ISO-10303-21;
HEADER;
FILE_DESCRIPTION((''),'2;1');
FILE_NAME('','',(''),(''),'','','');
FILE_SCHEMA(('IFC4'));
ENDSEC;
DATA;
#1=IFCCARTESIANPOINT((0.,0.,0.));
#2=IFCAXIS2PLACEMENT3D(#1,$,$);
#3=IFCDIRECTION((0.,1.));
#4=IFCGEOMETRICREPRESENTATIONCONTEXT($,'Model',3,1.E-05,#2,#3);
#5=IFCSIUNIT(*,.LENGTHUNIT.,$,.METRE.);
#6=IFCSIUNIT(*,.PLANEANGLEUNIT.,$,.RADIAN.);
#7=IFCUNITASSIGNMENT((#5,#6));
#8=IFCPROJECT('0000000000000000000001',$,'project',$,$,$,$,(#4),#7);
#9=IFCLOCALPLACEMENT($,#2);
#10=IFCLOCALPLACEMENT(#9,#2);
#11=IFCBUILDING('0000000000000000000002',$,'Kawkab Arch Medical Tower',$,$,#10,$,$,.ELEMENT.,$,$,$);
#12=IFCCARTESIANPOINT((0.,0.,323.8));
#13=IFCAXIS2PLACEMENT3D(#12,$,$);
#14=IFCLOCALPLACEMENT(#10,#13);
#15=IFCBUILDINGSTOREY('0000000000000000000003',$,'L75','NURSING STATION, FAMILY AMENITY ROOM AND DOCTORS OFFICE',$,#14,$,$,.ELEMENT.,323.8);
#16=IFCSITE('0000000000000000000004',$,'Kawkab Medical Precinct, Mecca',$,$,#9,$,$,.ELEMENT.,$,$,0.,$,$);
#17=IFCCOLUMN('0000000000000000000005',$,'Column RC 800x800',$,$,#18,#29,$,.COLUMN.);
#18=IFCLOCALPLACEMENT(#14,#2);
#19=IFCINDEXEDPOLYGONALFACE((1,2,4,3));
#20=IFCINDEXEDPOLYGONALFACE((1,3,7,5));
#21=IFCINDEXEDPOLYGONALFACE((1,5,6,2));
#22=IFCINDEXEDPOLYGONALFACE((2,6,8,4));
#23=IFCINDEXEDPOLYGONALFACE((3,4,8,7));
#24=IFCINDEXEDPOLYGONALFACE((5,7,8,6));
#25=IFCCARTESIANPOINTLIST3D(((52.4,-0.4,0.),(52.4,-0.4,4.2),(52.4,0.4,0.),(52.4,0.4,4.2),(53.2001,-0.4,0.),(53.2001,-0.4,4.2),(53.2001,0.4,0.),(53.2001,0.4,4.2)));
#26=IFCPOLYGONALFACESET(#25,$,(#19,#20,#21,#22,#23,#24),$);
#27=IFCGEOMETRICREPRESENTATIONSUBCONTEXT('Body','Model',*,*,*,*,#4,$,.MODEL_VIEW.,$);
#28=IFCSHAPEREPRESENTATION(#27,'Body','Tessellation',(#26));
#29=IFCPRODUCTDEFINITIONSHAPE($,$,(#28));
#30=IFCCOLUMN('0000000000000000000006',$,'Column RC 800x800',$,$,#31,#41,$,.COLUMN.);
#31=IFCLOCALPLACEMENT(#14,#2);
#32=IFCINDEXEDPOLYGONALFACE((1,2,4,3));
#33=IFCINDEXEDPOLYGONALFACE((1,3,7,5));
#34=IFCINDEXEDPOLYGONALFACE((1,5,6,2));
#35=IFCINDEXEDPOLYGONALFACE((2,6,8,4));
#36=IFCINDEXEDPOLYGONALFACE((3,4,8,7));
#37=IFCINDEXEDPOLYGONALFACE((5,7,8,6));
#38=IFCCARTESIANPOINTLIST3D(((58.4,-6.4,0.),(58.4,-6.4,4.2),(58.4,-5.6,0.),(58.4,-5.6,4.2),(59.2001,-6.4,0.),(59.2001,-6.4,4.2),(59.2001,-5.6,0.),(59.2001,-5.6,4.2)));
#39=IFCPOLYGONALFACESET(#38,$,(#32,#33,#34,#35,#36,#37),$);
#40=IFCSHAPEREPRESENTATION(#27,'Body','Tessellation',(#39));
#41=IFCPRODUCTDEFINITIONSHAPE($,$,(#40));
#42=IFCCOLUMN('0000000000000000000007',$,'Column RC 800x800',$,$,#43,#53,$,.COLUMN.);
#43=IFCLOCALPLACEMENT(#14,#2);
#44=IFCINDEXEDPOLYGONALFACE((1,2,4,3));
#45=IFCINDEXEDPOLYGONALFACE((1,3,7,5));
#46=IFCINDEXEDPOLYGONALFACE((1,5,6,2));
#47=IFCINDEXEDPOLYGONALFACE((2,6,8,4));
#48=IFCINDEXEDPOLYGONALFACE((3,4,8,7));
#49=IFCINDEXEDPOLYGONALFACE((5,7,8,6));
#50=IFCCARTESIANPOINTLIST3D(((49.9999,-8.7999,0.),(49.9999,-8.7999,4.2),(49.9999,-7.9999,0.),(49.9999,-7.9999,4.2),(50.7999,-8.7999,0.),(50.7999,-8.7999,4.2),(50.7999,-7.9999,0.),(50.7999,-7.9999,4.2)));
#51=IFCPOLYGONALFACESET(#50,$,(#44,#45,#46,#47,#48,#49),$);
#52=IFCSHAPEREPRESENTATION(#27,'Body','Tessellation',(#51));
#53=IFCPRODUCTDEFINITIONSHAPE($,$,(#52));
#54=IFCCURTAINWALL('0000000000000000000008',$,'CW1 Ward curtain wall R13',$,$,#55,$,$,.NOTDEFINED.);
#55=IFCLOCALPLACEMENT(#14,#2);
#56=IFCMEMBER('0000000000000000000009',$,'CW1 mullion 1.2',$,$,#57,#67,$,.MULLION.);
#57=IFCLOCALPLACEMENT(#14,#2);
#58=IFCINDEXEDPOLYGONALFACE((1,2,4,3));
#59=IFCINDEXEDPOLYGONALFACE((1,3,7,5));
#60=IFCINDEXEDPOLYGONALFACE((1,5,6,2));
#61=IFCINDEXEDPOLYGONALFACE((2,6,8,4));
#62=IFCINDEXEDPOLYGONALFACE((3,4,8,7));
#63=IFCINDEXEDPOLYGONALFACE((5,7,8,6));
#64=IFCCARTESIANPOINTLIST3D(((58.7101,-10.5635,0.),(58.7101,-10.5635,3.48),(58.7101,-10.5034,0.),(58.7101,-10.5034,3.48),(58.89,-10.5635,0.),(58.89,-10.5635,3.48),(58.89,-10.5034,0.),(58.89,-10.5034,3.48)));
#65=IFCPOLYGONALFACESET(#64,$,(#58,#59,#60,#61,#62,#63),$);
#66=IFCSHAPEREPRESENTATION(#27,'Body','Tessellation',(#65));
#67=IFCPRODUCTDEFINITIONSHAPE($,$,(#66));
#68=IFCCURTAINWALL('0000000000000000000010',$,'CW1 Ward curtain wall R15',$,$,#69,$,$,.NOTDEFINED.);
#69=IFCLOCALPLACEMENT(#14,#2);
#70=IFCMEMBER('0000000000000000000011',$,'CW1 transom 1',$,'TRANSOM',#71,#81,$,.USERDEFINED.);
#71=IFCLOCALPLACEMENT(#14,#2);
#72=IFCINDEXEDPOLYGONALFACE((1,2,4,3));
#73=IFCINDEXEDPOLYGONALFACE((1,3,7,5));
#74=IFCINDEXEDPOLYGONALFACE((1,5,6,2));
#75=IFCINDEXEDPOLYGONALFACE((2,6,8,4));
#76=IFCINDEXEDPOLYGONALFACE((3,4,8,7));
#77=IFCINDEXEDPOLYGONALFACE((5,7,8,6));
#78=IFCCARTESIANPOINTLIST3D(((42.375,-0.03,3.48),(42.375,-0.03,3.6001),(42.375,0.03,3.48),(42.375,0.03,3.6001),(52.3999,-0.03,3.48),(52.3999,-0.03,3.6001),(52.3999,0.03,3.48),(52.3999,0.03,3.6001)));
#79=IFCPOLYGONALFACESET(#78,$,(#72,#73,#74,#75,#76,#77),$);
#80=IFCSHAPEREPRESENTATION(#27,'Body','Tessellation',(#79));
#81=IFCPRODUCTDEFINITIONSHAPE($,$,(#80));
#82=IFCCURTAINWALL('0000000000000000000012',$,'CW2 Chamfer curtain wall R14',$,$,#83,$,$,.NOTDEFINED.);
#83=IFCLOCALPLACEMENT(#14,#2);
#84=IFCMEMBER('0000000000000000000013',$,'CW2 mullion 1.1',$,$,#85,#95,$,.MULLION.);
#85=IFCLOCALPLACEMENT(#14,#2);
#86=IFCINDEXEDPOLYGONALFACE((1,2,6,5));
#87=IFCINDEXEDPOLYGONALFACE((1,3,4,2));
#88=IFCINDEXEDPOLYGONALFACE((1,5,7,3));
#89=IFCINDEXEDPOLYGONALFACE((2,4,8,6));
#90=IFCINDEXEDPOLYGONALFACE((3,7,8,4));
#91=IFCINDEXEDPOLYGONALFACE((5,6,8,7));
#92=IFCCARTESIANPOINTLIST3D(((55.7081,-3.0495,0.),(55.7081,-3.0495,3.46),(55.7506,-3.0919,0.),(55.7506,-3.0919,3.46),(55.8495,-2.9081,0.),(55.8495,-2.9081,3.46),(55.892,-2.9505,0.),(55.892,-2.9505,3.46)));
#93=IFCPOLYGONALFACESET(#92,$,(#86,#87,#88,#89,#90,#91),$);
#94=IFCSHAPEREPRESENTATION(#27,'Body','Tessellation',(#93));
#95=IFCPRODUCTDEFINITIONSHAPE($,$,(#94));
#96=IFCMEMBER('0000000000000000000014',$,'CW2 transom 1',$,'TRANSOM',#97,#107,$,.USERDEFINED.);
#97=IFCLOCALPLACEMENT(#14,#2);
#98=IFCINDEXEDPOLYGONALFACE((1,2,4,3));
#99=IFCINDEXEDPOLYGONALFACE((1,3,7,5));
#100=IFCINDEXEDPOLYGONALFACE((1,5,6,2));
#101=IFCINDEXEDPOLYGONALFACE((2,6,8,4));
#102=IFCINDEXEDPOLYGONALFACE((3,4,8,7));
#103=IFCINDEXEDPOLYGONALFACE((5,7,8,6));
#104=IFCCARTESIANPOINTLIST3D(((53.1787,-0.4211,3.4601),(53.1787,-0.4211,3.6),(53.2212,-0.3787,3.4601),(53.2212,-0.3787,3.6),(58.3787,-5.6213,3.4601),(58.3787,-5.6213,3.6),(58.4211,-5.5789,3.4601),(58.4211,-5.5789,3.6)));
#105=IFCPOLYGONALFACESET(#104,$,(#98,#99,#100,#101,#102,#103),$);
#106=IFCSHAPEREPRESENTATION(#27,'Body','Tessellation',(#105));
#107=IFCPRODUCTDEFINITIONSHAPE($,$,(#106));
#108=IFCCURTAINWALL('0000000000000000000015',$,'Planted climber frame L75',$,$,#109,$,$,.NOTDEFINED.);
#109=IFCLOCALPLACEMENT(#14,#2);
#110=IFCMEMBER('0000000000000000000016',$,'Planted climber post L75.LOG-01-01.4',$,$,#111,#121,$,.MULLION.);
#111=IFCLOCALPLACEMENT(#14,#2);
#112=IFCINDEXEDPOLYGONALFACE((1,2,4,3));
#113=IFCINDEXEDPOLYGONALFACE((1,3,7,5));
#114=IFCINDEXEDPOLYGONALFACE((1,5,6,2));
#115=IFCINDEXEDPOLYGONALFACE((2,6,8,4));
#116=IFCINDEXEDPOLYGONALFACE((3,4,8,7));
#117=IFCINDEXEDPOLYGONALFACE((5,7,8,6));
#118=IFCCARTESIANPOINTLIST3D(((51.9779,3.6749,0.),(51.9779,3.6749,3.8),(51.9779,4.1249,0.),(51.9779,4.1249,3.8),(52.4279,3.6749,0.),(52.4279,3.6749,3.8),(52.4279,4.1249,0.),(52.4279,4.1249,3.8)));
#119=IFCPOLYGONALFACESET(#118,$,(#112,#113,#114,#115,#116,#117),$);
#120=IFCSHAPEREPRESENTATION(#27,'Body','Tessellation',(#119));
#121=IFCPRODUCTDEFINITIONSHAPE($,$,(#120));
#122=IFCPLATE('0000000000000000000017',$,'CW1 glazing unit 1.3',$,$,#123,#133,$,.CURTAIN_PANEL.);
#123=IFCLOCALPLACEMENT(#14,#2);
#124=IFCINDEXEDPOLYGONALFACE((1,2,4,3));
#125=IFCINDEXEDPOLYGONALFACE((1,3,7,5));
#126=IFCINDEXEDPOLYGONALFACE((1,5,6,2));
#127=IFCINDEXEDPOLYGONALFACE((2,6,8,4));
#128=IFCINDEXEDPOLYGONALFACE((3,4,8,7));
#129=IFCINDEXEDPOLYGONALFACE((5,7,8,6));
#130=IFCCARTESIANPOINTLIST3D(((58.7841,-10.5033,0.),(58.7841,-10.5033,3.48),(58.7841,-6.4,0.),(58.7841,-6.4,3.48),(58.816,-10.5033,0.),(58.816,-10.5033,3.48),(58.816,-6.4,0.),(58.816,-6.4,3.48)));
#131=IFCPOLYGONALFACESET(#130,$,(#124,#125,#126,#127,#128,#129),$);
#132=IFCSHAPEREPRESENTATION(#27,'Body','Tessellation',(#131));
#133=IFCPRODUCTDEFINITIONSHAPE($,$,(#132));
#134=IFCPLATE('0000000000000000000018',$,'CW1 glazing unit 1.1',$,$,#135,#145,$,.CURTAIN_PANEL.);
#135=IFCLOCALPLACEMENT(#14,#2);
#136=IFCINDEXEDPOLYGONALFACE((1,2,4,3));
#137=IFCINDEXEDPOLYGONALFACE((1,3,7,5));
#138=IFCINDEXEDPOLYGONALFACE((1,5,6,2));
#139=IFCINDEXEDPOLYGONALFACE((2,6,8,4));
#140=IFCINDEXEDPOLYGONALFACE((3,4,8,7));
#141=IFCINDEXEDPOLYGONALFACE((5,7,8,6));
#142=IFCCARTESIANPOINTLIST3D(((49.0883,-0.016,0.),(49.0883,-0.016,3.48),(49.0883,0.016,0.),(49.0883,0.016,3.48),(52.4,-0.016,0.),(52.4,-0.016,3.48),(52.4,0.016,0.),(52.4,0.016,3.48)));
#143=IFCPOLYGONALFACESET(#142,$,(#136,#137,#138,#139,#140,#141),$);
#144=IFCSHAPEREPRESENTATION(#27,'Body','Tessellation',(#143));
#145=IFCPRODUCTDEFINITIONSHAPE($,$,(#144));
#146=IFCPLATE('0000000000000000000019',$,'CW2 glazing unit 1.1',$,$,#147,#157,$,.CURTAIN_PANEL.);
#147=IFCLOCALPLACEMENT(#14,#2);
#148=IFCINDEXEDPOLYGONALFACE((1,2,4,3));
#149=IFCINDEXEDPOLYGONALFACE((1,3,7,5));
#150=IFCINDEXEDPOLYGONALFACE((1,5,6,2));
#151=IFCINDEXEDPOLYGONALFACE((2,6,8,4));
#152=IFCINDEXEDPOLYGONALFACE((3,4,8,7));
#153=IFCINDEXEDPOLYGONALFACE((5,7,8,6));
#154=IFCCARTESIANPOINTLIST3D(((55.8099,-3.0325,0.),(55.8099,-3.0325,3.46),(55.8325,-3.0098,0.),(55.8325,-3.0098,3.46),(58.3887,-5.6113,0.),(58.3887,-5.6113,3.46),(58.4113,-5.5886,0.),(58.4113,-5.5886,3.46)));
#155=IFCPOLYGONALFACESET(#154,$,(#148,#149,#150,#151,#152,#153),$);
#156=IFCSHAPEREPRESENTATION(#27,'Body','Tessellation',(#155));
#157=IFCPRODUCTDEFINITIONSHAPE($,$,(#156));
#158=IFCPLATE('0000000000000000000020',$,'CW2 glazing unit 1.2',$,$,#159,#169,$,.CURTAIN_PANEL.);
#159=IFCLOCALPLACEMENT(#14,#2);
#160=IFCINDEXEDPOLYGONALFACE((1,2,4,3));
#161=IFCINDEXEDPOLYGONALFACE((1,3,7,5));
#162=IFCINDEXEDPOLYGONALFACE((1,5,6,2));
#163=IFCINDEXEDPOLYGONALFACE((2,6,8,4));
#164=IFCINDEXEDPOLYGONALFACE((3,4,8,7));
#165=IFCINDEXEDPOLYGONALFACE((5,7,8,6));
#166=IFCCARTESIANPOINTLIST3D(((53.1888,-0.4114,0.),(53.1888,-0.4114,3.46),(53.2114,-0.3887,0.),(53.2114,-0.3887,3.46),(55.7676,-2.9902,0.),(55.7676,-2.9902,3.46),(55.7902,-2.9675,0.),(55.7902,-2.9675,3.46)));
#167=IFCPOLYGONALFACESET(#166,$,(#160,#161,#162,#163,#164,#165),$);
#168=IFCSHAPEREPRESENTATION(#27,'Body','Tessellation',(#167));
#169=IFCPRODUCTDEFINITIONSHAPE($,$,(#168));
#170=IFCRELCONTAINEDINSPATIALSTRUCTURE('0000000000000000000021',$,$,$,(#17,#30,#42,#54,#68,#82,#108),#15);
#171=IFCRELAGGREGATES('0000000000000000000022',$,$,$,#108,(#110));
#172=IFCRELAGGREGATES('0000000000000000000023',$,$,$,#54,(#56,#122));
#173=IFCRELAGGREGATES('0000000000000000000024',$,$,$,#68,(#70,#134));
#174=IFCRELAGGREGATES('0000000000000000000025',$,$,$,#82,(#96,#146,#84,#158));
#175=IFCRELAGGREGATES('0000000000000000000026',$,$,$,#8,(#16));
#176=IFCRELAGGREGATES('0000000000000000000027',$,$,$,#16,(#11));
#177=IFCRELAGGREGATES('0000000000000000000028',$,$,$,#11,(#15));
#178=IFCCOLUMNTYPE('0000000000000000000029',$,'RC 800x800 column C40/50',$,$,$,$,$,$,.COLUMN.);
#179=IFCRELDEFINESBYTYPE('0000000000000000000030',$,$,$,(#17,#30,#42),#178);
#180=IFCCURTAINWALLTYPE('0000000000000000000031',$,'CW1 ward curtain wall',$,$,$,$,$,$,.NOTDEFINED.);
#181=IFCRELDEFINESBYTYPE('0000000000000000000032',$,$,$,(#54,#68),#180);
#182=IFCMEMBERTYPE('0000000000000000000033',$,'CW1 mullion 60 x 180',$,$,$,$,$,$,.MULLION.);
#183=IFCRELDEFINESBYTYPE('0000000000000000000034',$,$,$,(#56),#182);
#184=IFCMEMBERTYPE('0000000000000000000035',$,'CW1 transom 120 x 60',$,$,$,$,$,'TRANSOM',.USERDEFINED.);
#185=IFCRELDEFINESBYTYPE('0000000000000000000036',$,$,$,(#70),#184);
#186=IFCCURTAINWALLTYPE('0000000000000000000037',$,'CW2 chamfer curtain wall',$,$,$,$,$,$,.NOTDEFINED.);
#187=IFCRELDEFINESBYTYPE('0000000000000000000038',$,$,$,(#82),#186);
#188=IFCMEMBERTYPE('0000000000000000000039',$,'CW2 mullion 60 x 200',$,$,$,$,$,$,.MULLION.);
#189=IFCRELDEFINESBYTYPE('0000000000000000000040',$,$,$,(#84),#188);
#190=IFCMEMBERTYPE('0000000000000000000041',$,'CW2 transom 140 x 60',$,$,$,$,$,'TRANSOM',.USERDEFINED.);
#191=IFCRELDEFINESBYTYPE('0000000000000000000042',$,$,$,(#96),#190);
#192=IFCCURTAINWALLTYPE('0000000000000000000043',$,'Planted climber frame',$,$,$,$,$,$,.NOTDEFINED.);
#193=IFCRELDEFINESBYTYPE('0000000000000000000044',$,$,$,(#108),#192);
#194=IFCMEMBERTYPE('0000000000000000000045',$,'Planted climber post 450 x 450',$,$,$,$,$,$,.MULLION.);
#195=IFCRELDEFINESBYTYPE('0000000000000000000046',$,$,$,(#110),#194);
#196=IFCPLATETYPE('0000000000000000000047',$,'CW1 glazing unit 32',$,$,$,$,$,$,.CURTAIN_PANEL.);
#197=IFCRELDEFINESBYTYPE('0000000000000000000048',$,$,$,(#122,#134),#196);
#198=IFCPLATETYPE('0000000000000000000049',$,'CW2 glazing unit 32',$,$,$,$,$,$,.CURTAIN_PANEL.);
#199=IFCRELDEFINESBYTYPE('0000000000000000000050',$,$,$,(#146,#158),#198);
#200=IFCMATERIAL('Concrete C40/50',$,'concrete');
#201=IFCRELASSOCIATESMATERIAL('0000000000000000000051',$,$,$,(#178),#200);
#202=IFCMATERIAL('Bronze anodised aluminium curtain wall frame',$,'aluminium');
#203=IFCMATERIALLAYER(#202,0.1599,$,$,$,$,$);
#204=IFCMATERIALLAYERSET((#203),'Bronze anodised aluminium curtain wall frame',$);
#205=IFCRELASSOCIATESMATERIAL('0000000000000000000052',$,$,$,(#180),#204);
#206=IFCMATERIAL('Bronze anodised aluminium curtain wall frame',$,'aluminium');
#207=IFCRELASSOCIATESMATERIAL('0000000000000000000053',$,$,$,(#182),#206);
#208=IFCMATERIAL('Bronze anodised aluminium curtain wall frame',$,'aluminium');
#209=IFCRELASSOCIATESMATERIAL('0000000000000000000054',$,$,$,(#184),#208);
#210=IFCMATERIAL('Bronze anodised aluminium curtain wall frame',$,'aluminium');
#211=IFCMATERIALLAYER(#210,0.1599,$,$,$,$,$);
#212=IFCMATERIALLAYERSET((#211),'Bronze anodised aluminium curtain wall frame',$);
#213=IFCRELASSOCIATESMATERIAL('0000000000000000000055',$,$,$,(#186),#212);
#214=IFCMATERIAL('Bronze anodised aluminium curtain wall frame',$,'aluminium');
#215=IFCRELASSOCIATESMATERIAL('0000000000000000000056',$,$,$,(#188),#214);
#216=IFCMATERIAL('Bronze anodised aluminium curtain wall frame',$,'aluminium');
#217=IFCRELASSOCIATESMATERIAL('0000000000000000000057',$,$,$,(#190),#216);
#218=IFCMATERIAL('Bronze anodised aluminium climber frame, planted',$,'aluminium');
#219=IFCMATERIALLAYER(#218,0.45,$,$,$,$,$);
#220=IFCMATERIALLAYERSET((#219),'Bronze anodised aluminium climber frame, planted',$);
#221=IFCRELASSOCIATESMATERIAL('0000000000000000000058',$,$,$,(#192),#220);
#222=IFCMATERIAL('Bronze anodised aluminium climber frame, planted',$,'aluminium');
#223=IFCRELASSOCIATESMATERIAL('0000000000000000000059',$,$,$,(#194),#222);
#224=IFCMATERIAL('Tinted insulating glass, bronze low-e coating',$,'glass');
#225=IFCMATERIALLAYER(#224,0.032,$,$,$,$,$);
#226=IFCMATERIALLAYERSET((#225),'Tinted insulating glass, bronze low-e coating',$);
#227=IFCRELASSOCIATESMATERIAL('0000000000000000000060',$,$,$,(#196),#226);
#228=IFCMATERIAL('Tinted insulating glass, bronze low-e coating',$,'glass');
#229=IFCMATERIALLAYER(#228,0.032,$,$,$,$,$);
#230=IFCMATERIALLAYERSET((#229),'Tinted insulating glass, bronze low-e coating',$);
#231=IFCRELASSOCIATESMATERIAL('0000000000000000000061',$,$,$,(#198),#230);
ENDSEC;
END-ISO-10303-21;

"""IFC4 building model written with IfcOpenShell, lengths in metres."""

from ifc_helpers import new_model, si_unit, direction, frame, origin, origin_2d, place, context, subcontext, project, spatial, rectangle, extrude, material, layer, layer_set, material_profile, profile_set, type_object, element, aggregate, save


model = new_model("IFC4")

# Units and contexts
model_context = context("Model", 3, precision=1e-05, world=origin(), true_north=direction((0.0, 1.0)))
body_context = subcontext(model_context, "Body", "Model", "MODEL_VIEW")
ifc_project = project(units=[si_unit("LENGTHUNIT", "METRE"), si_unit("PLANEANGLEUNIT", "RADIAN")], contexts=[model_context])

# Site, building, storey
site_placement = place(None, origin())
site = spatial("IfcSite", under=ifc_project, at=site_placement, Name="Kawkab Medical Precinct, Mecca", CompositionType="ELEMENT", RefElevation=0.0)
building_placement = place(site_placement, origin())
building = spatial("IfcBuilding", under=site, at=building_placement, Name="Kawkab Arch Medical Tower", CompositionType="ELEMENT")
storey_placement = place(building_placement, frame((0.0, 0.0, 323.8)))
storey = spatial("IfcBuildingStorey", under=building, at=storey_placement, Name="L75", Description="NURSING STATION, FAMILY AMENITY ROOM AND DOCTORS OFFICE", CompositionType="ELEMENT", Elevation=323.8)

# Columns
ifc_material_1 = material(Name="Concrete C40/50", Category="concrete")
ifc_material_profile_1 = material_profile(ifc_material_1, rectangle(XDim=0.8, YDim=0.8, at=origin_2d()), Name="RC 800x800")
ifc_profile_set_1 = profile_set([ifc_material_profile_1], Name="Concrete C40/50")
column_type = type_object("IfcColumnType", Name="RC 800x800 column C40/50", PredefinedType="COLUMN", material=ifc_profile_set_1)
for number, where, z_axis, x_axis, name in (
    (1, (52.8, 0.0, 0.0), (0.0, 0.0, 1.0), (1.0, 0.0, 0.0), "Column RC 800x800"),
    (2, (58.8, -6.0, 0.0), (0.0, 0.0, 1.0), (1.0, 0.0, 0.0), "Column RC 800x800"),
    (3, (50.3999, -8.3999, 0.0), (0.0, 0.0, 1.0), (1.0, 0.0, 0.0), "Column RC 800x800"),
):
    element("IfcColumn", number, at=place(storey_placement, frame(where, z_axis=z_axis, x_axis=x_axis)), inside=storey, type_object=column_type, Name=name, PredefinedType="COLUMN", context=body_context, shape_type="SweptSolid", body=[
        extrude(rectangle(XDim=0.8, YDim=0.8, at=origin_2d()), origin(), (0.0, 0.0, 1.0), 4.2),
    ])

# Curtain walls, members
ifc_material_2 = material(Name="Bronze anodised aluminium curtain wall frame", Category="aluminium")
ifc_layer_1 = layer(ifc_material_2, 0.1599)
ifc_layer_set_1 = layer_set([ifc_layer_1], Name="Bronze anodised aluminium curtain wall frame")
curtain_wall_type_1 = type_object("IfcCurtainWallType", Name="CW1 ward curtain wall", PredefinedType="NOTDEFINED", material=ifc_layer_set_1)
placement = place(storey_placement, origin())
curtain_wall_1 = element("IfcCurtainWall", 4, at=placement, inside=storey, type_object=curtain_wall_type_1, Name="CW1 Ward curtain wall R13", PredefinedType="NOTDEFINED")
ifc_material_3 = material(Name="Bronze anodised aluminium curtain wall frame", Category="aluminium")
ifc_material_profile_2 = material_profile(ifc_material_3, rectangle(XDim=0.1799, YDim=0.0601, at=origin_2d()), Name="AL 60x180")
ifc_profile_set_2 = profile_set([ifc_material_profile_2], Name="Bronze anodised aluminium curtain wall frame")
member_type_1 = type_object("IfcMemberType", Name="CW1 mullion 60 x 180", PredefinedType="MULLION", material=ifc_profile_set_2)
member_1_placement = place(storey_placement, frame((58.8, -10.5334, 0.0), z_axis=(0.0, 0.0, 1.0), x_axis=(-1.0, 0.0, 0.0)))
member_1 = element("IfcMember", 5, at=member_1_placement, type_object=member_type_1, Name="CW1 mullion 1.2", PredefinedType="MULLION", context=body_context, shape_type="SweptSolid", body=[
    extrude(rectangle(XDim=0.1799, YDim=0.0601, at=origin_2d()), origin(), (0.0, 0.0, 1.0), 3.48),
])
curtain_wall_2 = element("IfcCurtainWall", 6, at=placement, inside=storey, type_object=curtain_wall_type_1, Name="CW1 Ward curtain wall R15", PredefinedType="NOTDEFINED")
ifc_material_4 = material(Name="Bronze anodised aluminium curtain wall frame", Category="aluminium")
ifc_material_profile_3 = material_profile(ifc_material_4, rectangle(XDim=0.0601, YDim=0.1201, at=origin_2d()), Name="AL 60x120")
ifc_profile_set_3 = profile_set([ifc_material_profile_3], Name="Bronze anodised aluminium curtain wall frame")
member_type_2 = type_object("IfcMemberType", Name="CW1 transom 120 x 60", ElementType="TRANSOM", PredefinedType="USERDEFINED", material=ifc_profile_set_3)
member_2_placement = place(storey_placement, frame((52.3999, 0.0, 3.54), z_axis=(-1.0, 0.0, 0.0), x_axis=(0.0, -1.0, 0.0)))
member_2 = element("IfcMember", 7, at=member_2_placement, type_object=member_type_2, Name="CW1 transom 1", ObjectType="TRANSOM", PredefinedType="USERDEFINED", context=body_context, shape_type="SweptSolid", body=[
    extrude(rectangle(XDim=0.0601, YDim=0.1201, at=origin_2d()), origin(), (0.0, 0.0, 1.0), 10.0249),
])

# Curtain wall, members
ifc_material_5 = material(Name="Bronze anodised aluminium curtain wall frame", Category="aluminium")
ifc_layer_2 = layer(ifc_material_5, 0.1599)
ifc_layer_set_2 = layer_set([ifc_layer_2], Name="Bronze anodised aluminium curtain wall frame")
curtain_wall_type_2 = type_object("IfcCurtainWallType", Name="CW2 chamfer curtain wall", PredefinedType="NOTDEFINED", material=ifc_layer_set_2)
curtain_wall_3 = element("IfcCurtainWall", 8, at=placement, inside=storey, type_object=curtain_wall_type_2, Name="CW2 Chamfer curtain wall R14", PredefinedType="NOTDEFINED")
ifc_material_6 = material(Name="Bronze anodised aluminium curtain wall frame", Category="aluminium")
ifc_material_profile_4 = material_profile(ifc_material_6, rectangle(XDim=0.2, YDim=0.0601, at=origin_2d()), Name="AL 60x200")
ifc_profile_set_4 = profile_set([ifc_material_profile_4], Name="Bronze anodised aluminium curtain wall frame")
member_type_3 = type_object("IfcMemberType", Name="CW2 mullion 60 x 200", PredefinedType="MULLION", material=ifc_profile_set_4)
member_3_placement = place(storey_placement, frame((55.8, -3.0, 0.0), z_axis=(0.0, 0.0, 1.0), x_axis=(-0.707107, -0.707107, 0.0)))
member_3 = element("IfcMember", 9, at=member_3_placement, type_object=member_type_3, Name="CW2 mullion 1.1", PredefinedType="MULLION", context=body_context, shape_type="SweptSolid", body=[
    extrude(rectangle(XDim=0.2, YDim=0.0601, at=origin_2d()), origin(), (0.0, 0.0, 1.0), 3.46),
])
ifc_material_7 = material(Name="Bronze anodised aluminium curtain wall frame", Category="aluminium")
ifc_material_profile_5 = material_profile(ifc_material_7, rectangle(XDim=0.0601, YDim=0.1399, at=origin_2d()), Name="AL 60x140")
ifc_profile_set_5 = profile_set([ifc_material_profile_5], Name="Bronze anodised aluminium curtain wall frame")
member_type_4 = type_object("IfcMemberType", Name="CW2 transom 140 x 60", ElementType="TRANSOM", PredefinedType="USERDEFINED", material=ifc_profile_set_5)
member_4_placement = place(storey_placement, frame((58.3999, -5.6001, 3.53), z_axis=(-0.70709, 0.707123, 0.0), x_axis=(-0.707123, -0.70709, 0.0)))
member_4 = element("IfcMember", 10, at=member_4_placement, type_object=member_type_4, Name="CW2 transom 1", ObjectType="TRANSOM", PredefinedType="USERDEFINED", context=body_context, shape_type="SweptSolid", body=[
    extrude(rectangle(XDim=0.0601, YDim=0.1399, at=origin_2d()), origin(), (0.0, 0.0, 1.0), 7.354),
])

# Curtain wall, member
ifc_material_8 = material(Name="Bronze anodised aluminium climber frame, planted", Category="aluminium")
ifc_layer_3 = layer(ifc_material_8, 0.45)
ifc_layer_set_3 = layer_set([ifc_layer_3], Name="Bronze anodised aluminium climber frame, planted")
curtain_wall_type_3 = type_object("IfcCurtainWallType", Name="Planted climber frame", PredefinedType="NOTDEFINED", material=ifc_layer_set_3)
curtain_wall_4 = element("IfcCurtainWall", 11, at=placement, inside=storey, type_object=curtain_wall_type_3, Name="Planted climber frame L75", PredefinedType="NOTDEFINED")
ifc_material_9 = material(Name="Bronze anodised aluminium climber frame, planted", Category="aluminium")
ifc_material_profile_6 = material_profile(ifc_material_9, rectangle(XDim=0.45, YDim=0.45, at=origin_2d()), Name="Post 450x450")
ifc_profile_set_6 = profile_set([ifc_material_profile_6], Name="Bronze anodised aluminium climber frame, planted")
member_type_5 = type_object("IfcMemberType", Name="Planted climber post 450 x 450", PredefinedType="MULLION", material=ifc_profile_set_6)
member_5_placement = place(storey_placement, frame((52.2029, 3.8999, 0.0), z_axis=(0.0, 0.0, 1.0), x_axis=(1.0, 0.0, 0.0)))
member_5 = element("IfcMember", 12, at=member_5_placement, type_object=member_type_5, Name="Planted climber post L75.LOG-01-01.4", PredefinedType="MULLION", context=body_context, shape_type="SweptSolid", body=[
    extrude(rectangle(XDim=0.45, YDim=0.45, at=origin_2d()), origin(), (0.0, 0.0, 1.0), 3.8),
])
aggregate(curtain_wall_4, [member_5])

# Plates
ifc_material_10 = material(Name="Tinted insulating glass, bronze low-e coating", Category="glass")
ifc_layer_4 = layer(ifc_material_10, 0.032)
ifc_layer_set_4 = layer_set([ifc_layer_4], Name="Tinted insulating glass, bronze low-e coating")
plate_type_1 = type_object("IfcPlateType", Name="CW1 glazing unit 32", PredefinedType="CURTAIN_PANEL", material=ifc_layer_set_4)
plate_1_placement = place(storey_placement, frame((58.8, -8.4517, 0.0), z_axis=(0.0, 0.0, 1.0), x_axis=(0.0, 1.0, 0.0)))
plate_1 = element("IfcPlate", 13, at=plate_1_placement, type_object=plate_type_1, Name="CW1 glazing unit 1.3", PredefinedType="CURTAIN_PANEL", context=body_context, shape_type="SweptSolid", body=[
    extrude(rectangle(XDim=4.1033, YDim=0.032, at=origin_2d()), origin(), (0.0, 0.0, 1.0), 3.48),
])
aggregate(curtain_wall_1, [member_1, plate_1])
plate_2_placement = place(storey_placement, frame((50.7441, 0.0, 0.0), z_axis=(0.0, 0.0, 1.0), x_axis=(-1.0, 0.0, 0.0)))
plate_2 = element("IfcPlate", 14, at=plate_2_placement, type_object=plate_type_1, Name="CW1 glazing unit 1.1", PredefinedType="CURTAIN_PANEL", context=body_context, shape_type="SweptSolid", body=[
    extrude(rectangle(XDim=3.3118, YDim=0.032, at=origin_2d()), origin(), (0.0, 0.0, 1.0), 3.48),
])
aggregate(curtain_wall_2, [member_2, plate_2])
ifc_material_11 = material(Name="Tinted insulating glass, bronze low-e coating", Category="glass")
ifc_layer_5 = layer(ifc_material_11, 0.032)
ifc_layer_set_5 = layer_set([ifc_layer_5], Name="Tinted insulating glass, bronze low-e coating")
plate_type_2 = type_object("IfcPlateType", Name="CW2 glazing unit 32", PredefinedType="CURTAIN_PANEL", material=ifc_layer_set_5)
plate_3_placement = place(storey_placement, frame((57.1106, -4.3105, 0.0), z_axis=(0.0, 0.0, 1.0), x_axis=(-0.707107, 0.707107, 0.0)))
plate_3 = element("IfcPlate", 15, at=plate_3_placement, type_object=plate_type_2, Name="CW2 glazing unit 1.1", PredefinedType="CURTAIN_PANEL", context=body_context, shape_type="SweptSolid", body=[
    extrude(rectangle(XDim=3.647, YDim=0.032, at=origin_2d()), origin(), (0.0, 0.0, 1.0), 3.46),
])
plate_4_placement = place(storey_placement, frame((54.4895, -1.6895, 0.0), z_axis=(0.0, 0.0, 1.0), x_axis=(-0.707107, 0.707107, 0.0)))
plate_4 = element("IfcPlate", 16, at=plate_4_placement, type_object=plate_type_2, Name="CW2 glazing unit 1.2", PredefinedType="CURTAIN_PANEL", context=body_context, shape_type="SweptSolid", body=[
    extrude(rectangle(XDim=3.647, YDim=0.032, at=origin_2d()), origin(), (0.0, 0.0, 1.0), 3.46),
])
aggregate(curtain_wall_3, [member_4, plate_3, member_3, plate_4])

save(model, "model.ifc")
